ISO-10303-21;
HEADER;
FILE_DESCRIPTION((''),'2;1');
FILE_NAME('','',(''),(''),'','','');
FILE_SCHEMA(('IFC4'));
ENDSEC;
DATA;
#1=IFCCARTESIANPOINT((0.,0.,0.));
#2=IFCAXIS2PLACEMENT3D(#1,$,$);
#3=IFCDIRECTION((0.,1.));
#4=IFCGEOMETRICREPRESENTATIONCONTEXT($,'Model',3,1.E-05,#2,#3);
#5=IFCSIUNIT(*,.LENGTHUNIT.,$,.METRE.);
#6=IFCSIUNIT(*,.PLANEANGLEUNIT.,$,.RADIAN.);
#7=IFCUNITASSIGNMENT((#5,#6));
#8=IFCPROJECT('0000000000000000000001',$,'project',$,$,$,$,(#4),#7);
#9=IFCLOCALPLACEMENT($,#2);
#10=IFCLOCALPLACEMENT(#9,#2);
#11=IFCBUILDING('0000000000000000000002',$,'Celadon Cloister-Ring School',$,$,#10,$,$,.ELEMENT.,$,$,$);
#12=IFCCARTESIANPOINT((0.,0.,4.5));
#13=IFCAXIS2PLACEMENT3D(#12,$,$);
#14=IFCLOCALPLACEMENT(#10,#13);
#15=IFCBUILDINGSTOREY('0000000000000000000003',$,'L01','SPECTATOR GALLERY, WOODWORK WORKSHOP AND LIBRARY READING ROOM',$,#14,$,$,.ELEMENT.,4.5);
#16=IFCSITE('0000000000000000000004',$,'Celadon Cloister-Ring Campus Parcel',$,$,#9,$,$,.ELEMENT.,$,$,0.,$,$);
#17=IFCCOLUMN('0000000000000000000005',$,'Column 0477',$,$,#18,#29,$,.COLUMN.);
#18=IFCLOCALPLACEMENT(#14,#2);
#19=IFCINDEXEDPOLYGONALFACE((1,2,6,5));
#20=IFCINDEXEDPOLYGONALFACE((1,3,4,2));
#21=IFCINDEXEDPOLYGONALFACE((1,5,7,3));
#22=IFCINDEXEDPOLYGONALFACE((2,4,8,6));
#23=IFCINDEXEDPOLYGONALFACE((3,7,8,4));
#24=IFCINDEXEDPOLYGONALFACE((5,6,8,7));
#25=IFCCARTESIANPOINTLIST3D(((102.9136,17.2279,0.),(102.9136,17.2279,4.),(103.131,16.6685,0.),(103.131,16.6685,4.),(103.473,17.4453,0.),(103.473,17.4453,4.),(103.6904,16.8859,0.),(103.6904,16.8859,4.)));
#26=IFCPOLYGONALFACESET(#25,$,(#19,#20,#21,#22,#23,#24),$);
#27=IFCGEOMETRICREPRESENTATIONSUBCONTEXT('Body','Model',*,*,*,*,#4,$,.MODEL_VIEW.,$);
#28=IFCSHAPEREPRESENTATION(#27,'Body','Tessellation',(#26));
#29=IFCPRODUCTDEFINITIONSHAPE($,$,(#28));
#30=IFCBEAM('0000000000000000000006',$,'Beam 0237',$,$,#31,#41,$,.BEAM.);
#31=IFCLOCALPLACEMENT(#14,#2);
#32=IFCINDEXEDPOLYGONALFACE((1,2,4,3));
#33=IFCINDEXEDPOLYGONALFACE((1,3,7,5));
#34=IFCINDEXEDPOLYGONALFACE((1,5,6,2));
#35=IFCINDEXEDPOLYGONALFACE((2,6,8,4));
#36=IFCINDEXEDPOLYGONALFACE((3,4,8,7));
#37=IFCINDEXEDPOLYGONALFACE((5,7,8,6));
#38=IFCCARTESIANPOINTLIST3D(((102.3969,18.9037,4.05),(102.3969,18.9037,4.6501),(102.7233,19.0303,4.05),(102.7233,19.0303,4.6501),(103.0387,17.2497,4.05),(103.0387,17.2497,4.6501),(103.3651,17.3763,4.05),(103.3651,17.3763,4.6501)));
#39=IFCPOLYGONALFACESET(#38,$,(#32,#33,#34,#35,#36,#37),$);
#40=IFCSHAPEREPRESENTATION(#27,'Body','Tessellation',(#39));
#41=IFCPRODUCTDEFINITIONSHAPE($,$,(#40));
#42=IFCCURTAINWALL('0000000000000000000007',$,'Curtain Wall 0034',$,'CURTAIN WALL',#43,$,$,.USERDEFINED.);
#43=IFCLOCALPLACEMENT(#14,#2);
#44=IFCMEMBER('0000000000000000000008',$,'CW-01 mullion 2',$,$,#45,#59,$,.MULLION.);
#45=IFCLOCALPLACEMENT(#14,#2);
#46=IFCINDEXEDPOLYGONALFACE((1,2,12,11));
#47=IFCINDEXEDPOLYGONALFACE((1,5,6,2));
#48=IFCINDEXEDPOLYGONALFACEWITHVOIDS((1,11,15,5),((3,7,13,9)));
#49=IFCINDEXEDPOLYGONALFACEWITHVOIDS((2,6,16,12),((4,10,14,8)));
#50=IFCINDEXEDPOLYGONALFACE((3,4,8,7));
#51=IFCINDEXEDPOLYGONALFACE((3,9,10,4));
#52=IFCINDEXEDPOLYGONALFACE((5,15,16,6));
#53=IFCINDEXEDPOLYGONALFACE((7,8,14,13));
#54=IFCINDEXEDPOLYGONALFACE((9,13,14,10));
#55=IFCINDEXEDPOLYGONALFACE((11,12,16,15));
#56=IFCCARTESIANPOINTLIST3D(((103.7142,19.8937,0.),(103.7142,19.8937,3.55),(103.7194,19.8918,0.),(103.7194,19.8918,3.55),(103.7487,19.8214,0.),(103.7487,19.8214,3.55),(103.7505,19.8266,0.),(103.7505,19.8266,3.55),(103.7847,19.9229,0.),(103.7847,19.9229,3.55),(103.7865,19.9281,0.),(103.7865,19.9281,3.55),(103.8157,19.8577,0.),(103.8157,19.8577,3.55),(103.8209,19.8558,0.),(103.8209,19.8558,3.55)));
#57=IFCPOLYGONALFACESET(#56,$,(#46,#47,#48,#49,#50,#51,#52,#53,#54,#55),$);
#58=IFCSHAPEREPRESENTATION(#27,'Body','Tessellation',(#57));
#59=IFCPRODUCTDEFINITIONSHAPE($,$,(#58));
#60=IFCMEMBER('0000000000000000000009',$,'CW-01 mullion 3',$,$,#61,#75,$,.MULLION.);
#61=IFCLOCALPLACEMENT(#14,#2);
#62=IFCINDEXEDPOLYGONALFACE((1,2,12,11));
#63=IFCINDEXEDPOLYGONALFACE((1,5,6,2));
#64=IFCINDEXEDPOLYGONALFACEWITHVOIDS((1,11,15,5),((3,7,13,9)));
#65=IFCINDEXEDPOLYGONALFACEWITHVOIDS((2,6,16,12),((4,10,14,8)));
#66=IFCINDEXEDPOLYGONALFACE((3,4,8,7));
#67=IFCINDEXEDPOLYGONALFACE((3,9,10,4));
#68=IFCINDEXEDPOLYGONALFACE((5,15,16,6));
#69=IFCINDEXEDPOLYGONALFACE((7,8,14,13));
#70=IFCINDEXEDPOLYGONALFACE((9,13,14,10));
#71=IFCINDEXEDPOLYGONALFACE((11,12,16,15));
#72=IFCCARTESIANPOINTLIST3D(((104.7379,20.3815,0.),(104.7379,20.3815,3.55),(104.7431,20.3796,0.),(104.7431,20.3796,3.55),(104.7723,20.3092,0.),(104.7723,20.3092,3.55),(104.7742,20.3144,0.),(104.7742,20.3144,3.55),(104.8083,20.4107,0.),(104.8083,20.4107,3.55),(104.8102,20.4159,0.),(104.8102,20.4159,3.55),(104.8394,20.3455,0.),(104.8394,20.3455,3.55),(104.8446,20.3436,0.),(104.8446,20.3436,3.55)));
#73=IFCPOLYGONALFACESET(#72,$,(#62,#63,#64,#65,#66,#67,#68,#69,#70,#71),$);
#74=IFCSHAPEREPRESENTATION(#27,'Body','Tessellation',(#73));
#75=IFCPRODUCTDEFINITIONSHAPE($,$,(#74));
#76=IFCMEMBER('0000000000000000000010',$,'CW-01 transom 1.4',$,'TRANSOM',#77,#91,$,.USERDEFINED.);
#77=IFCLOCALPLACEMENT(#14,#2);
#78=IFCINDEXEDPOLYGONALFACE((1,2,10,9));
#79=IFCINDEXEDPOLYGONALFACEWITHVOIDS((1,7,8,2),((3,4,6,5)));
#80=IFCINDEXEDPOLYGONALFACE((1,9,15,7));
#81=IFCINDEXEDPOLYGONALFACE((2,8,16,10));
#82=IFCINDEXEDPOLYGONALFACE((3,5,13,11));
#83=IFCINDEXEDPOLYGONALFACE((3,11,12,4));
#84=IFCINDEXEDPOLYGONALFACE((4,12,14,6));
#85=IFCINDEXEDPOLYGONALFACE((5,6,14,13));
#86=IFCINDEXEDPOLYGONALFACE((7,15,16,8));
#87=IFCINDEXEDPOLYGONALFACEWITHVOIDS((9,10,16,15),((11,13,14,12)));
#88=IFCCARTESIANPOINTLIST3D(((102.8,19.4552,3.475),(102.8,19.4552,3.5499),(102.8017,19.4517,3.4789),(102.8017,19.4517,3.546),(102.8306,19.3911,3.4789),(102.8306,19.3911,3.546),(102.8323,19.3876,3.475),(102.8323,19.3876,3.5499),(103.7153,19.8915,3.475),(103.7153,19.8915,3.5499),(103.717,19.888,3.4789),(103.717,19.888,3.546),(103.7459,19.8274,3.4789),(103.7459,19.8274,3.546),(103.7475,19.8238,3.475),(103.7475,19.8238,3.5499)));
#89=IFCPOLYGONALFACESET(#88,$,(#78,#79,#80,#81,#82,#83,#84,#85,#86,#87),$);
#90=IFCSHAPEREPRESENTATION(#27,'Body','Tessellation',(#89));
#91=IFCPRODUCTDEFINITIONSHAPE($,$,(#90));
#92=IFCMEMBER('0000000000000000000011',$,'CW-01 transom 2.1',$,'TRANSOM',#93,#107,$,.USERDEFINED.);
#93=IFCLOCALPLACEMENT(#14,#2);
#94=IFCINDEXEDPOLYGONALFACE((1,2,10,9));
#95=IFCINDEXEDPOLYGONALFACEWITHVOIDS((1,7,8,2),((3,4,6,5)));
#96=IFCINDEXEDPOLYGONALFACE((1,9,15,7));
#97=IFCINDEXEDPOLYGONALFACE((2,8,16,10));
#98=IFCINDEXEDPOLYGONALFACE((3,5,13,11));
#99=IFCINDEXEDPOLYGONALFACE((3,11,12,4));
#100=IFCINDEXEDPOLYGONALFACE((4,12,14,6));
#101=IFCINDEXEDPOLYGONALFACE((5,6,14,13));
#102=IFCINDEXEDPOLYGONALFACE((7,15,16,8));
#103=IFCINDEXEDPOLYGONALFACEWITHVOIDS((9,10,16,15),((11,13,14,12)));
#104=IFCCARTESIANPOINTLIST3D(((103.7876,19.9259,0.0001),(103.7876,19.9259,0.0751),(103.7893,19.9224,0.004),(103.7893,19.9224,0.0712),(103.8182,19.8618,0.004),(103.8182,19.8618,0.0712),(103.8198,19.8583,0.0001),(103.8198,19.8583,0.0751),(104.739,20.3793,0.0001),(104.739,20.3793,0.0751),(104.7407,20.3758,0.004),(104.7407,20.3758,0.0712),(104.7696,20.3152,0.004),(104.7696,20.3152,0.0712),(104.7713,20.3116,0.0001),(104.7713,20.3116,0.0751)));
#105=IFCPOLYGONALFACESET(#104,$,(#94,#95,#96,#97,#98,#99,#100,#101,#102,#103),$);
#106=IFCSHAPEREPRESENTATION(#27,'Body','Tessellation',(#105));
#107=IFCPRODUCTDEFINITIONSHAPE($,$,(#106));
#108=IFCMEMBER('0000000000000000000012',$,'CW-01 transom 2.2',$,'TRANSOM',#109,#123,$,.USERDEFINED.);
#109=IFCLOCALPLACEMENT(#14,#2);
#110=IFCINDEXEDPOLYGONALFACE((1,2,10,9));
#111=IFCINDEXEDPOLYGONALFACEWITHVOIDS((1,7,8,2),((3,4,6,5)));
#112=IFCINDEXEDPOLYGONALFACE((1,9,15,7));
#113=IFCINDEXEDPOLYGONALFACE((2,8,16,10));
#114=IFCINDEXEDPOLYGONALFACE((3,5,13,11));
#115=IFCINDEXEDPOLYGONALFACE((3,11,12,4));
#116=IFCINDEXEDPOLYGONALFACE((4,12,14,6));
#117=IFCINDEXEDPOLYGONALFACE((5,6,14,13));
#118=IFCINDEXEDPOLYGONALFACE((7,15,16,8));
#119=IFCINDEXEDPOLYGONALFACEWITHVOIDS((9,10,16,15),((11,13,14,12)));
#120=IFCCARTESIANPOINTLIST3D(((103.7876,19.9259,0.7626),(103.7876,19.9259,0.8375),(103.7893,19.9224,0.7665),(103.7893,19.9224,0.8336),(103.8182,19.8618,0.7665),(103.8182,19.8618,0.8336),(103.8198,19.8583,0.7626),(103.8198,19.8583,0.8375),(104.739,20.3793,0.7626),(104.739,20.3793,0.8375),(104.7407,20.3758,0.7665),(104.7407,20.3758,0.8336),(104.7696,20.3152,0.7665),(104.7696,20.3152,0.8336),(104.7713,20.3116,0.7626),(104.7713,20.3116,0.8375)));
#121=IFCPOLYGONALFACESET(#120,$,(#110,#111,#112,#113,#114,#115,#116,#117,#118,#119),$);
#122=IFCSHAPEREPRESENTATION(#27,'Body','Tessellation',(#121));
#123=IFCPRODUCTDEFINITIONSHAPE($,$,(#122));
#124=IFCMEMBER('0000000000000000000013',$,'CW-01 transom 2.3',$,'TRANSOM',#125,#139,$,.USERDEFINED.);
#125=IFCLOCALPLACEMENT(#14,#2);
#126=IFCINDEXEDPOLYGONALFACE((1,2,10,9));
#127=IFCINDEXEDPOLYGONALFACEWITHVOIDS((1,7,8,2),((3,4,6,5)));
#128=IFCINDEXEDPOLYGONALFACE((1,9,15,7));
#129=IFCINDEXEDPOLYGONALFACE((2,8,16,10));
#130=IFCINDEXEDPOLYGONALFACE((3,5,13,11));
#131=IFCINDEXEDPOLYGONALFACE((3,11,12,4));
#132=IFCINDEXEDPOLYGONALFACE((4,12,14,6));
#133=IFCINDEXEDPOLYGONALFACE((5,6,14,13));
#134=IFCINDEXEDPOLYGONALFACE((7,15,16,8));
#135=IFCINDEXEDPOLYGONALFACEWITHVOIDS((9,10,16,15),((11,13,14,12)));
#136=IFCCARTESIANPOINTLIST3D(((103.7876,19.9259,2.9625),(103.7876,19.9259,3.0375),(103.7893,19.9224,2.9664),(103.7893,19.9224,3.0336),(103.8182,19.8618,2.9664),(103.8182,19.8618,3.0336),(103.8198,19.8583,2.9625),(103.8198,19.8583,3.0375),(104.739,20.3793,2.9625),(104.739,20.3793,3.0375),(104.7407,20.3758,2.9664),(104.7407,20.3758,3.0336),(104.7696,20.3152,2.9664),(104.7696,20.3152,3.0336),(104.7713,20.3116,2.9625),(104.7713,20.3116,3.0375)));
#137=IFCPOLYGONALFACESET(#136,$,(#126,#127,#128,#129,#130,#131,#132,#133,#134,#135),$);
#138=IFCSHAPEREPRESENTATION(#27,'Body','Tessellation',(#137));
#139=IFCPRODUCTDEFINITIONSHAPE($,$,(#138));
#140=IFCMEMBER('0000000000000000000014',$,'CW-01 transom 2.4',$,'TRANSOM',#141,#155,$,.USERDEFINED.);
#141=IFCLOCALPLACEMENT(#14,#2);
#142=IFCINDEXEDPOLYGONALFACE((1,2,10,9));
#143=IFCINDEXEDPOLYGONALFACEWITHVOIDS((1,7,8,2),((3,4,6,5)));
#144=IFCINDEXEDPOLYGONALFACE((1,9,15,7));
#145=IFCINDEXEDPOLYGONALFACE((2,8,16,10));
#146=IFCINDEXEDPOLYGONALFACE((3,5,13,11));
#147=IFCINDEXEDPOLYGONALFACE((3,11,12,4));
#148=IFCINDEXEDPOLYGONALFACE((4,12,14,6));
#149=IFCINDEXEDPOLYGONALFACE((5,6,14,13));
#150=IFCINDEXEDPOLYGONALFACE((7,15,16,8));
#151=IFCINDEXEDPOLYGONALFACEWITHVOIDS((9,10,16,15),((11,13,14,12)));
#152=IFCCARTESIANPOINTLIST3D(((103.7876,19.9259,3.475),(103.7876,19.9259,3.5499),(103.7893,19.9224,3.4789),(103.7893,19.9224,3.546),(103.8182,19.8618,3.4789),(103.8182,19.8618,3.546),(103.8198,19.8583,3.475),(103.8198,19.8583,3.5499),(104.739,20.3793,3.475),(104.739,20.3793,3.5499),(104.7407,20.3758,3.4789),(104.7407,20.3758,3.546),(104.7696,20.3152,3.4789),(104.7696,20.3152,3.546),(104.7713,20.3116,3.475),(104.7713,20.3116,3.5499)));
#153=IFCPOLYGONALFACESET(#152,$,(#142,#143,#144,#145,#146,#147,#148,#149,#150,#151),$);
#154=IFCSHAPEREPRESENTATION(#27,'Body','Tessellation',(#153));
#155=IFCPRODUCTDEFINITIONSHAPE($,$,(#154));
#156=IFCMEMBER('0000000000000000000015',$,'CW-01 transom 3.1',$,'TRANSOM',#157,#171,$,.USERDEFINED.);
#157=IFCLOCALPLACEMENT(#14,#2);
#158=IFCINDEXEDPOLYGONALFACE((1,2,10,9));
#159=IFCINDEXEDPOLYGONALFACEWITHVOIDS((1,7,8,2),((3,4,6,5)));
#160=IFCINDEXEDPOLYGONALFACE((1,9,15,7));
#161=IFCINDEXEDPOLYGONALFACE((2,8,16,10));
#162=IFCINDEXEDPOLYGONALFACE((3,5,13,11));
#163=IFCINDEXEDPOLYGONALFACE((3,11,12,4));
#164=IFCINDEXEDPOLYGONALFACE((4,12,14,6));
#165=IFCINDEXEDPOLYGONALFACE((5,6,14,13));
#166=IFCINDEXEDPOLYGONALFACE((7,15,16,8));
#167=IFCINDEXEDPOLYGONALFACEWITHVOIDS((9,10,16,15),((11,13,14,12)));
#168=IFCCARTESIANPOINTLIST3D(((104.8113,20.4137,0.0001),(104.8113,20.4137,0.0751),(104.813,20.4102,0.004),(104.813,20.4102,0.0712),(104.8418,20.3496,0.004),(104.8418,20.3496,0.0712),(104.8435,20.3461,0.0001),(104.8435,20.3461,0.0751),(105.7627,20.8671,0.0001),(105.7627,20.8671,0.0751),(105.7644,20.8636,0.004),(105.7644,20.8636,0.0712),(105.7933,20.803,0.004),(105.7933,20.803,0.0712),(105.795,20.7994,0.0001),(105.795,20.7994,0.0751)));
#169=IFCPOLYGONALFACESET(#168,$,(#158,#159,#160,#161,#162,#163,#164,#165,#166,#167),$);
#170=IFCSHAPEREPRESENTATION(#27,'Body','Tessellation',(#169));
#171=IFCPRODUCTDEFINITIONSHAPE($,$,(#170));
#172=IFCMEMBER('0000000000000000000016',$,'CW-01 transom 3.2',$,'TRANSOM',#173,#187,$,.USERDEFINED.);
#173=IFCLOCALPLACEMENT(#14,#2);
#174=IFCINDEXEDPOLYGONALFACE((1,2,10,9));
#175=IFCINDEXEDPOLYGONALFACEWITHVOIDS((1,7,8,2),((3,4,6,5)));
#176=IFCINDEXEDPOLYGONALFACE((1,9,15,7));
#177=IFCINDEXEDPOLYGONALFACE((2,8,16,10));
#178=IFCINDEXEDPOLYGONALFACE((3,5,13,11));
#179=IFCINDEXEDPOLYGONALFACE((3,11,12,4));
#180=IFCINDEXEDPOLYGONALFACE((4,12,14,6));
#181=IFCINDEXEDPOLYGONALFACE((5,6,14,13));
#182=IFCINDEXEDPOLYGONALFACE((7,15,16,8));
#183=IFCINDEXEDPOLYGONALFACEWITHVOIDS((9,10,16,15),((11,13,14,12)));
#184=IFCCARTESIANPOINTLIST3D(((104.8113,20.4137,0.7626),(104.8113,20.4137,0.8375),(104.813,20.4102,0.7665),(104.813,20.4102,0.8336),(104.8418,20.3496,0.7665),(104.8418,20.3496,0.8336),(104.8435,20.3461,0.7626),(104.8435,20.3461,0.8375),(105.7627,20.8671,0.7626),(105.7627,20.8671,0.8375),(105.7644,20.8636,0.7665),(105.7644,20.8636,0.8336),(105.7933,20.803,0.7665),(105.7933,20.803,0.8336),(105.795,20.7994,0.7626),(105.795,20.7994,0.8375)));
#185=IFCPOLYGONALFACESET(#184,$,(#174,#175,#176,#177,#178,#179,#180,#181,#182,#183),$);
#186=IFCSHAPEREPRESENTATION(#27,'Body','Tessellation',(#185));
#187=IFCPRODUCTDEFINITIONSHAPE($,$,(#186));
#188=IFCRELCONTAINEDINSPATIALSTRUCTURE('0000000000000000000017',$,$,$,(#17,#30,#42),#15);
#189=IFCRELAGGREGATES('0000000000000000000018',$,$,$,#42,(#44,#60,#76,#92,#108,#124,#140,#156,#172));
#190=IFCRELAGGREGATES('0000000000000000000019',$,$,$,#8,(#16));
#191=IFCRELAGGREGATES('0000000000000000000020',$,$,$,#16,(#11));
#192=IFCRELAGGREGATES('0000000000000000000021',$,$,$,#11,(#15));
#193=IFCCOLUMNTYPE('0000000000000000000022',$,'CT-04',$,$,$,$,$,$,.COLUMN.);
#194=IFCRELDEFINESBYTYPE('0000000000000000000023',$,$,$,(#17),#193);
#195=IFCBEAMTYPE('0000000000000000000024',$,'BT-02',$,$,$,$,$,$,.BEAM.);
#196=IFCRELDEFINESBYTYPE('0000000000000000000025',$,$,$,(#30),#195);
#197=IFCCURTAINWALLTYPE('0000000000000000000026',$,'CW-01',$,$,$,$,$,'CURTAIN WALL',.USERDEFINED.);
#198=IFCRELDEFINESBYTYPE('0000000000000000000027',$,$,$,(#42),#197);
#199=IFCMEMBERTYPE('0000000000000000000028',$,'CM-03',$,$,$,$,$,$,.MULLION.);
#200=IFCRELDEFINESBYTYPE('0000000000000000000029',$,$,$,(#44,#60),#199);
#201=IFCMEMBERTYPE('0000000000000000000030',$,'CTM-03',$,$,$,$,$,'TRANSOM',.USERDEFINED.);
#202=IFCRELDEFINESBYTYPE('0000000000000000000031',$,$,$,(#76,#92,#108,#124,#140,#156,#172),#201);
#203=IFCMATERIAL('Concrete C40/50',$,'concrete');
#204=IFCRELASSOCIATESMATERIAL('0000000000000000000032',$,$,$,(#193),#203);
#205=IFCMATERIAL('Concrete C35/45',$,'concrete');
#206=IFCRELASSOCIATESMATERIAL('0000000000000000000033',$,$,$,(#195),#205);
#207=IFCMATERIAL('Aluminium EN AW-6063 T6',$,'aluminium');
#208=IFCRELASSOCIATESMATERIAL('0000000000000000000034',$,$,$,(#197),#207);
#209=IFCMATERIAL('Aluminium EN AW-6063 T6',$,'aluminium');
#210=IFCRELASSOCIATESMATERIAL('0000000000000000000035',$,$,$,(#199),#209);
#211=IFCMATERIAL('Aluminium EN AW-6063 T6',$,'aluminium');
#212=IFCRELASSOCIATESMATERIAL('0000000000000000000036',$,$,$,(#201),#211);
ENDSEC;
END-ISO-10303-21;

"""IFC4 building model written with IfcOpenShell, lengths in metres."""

from ifc_helpers import new_model, si_unit, direction, frame, origin, origin_2d, place, context, subcontext, project, spatial, rectangle, hollow_rectangle, extrude, material, material_profile, profile_set, type_object, element, aggregate, save


model = new_model("IFC4")

# Units and contexts
model_context = context("Model", 3, precision=1e-05, world=origin(), true_north=direction((0.0, 1.0)))
body_context = subcontext(model_context, "Body", "Model", "MODEL_VIEW")
ifc_project = project(units=[si_unit("LENGTHUNIT", "METRE"), si_unit("PLANEANGLEUNIT", "RADIAN")], contexts=[model_context])

# Site, building, storey
site_placement = place(None, origin())
site = spatial("IfcSite", under=ifc_project, at=site_placement, Name="Celadon Cloister-Ring Campus Parcel", CompositionType="ELEMENT", RefElevation=0.0)
building_placement = place(site_placement, origin())
building = spatial("IfcBuilding", under=site, at=building_placement, Name="Celadon Cloister-Ring School", CompositionType="ELEMENT")
storey_placement = place(building_placement, frame((0.0, 0.0, 4.5)))
storey = spatial("IfcBuildingStorey", under=building, at=storey_placement, Name="L01", Description="SPECTATOR GALLERY, WOODWORK WORKSHOP AND LIBRARY READING ROOM", CompositionType="ELEMENT", Elevation=4.5)

# Column
ifc_material_1 = material(Name="Concrete C40/50", Category="concrete")
ifc_material_profile_1 = material_profile(ifc_material_1, rectangle(XDim=0.6001, YDim=0.6001, at=origin_2d()), Name="RC600X600")
ifc_profile_set_1 = profile_set([ifc_material_profile_1], Name="Concrete C40/50")
column_type = type_object("IfcColumnType", Name="CT-04", PredefinedType="COLUMN", material=ifc_profile_set_1)
column_placement = place(storey_placement, frame((103.302, 17.0569, 0.0), z_axis=(0.0, 0.0, 1.0), x_axis=(0.362275, -0.932071, 0.0)))
element("IfcColumn", 1, at=column_placement, inside=storey, type_object=column_type, Name="Column 0477", PredefinedType="COLUMN", context=body_context, shape_type="SweptSolid", body=[
    extrude(rectangle(XDim=0.6001, YDim=0.6001, at=origin_2d()), origin(), (0.0, 0.0, 1.0), 4.0),
])

# Beam
ifc_material_2 = material(Name="Concrete C35/45", Category="concrete")
ifc_material_profile_2 = material_profile(ifc_material_2, rectangle(XDim=0.3501, YDim=0.6001, at=origin_2d()), Name="RC350X600")
ifc_profile_set_2 = profile_set([ifc_material_profile_2], Name="Concrete C35/45")
beam_type_1 = type_object("IfcBeamType", Name="BT-02", PredefinedType="BEAM", material=ifc_profile_set_2)
beam_1_placement = place(storey_placement, frame((103.2019, 17.313, 4.3501), z_axis=(-0.361762, 0.93227, 0.0), x_axis=(-0.93227, -0.361762, 0.0)))
element("IfcBeam", 2, at=beam_1_placement, inside=storey, type_object=beam_type_1, Name="Beam 0237", PredefinedType="BEAM", context=body_context, shape_type="SweptSolid", body=[
    extrude(rectangle(XDim=0.3501, YDim=0.6001, at=origin_2d()), origin(), (0.0, 0.0, 1.0), 1.7742),
])

# Curtain wall, members
ifc_material_3 = material(Name="Aluminium EN AW-6063 T6", Category="aluminium")
curtain_wall_type = type_object("IfcCurtainWallType", Name="CW-01", ElementType="CURTAIN WALL", PredefinedType="USERDEFINED", material=ifc_material_3)
curtain_wall_placement = place(storey_placement, origin())
curtain_wall = element("IfcCurtainWall", 3, at=curtain_wall_placement, inside=storey, type_object=curtain_wall_type, Name="Curtain Wall 0034", ObjectType="CURTAIN WALL", PredefinedType="USERDEFINED")
ifc_material_4 = material(Name="Aluminium EN AW-6063 T6", Category="aluminium")
ifc_material_profile_3 = material_profile(ifc_material_4, hollow_rectangle(XDim=0.0801, YDim=0.0801, WallThickness=0.0039, at=origin_2d()), Name="RHS80X80X4")
ifc_profile_set_3 = profile_set([ifc_material_profile_3], Name="Aluminium EN AW-6063 T6")
member_type_1 = type_object("IfcMemberType", Name="CM-03", PredefinedType="MULLION", material=ifc_profile_set_3)
member_1_placement = place(storey_placement, frame((103.7676, 19.8748, 0.0), z_axis=(0.0, 0.0, 1.0), x_axis=(-0.430201, 0.902733, 0.0)))
member_1 = element("IfcMember", 4, at=member_1_placement, type_object=member_type_1, Name="CW-01 mullion 2", PredefinedType="MULLION", context=body_context, shape_type="SweptSolid", body=[
    extrude(hollow_rectangle(XDim=0.0801, YDim=0.0801, WallThickness=0.0039, at=origin_2d()), origin(), (0.0, 0.0, 1.0), 3.55),
])
member_2_placement = place(storey_placement, frame((104.7913, 20.3625, 0.0), z_axis=(0.0, 0.0, 1.0), x_axis=(-0.430201, 0.902733, 0.0)))
member_2 = element("IfcMember", 5, at=member_2_placement, type_object=member_type_1, Name="CW-01 mullion 3", PredefinedType="MULLION", context=body_context, shape_type="SweptSolid", body=[
    extrude(hollow_rectangle(XDim=0.0801, YDim=0.0801, WallThickness=0.0039, at=origin_2d()), origin(), (0.0, 0.0, 1.0), 3.55),
])
ifc_material_5 = material(Name="Aluminium EN AW-6063 T6", Category="aluminium")
ifc_material_profile_4 = material_profile(ifc_material_5, hollow_rectangle(XDim=0.075, YDim=0.075, WallThickness=0.0039, at=origin_2d()), Name="RHS75X75X4")
ifc_profile_set_4 = profile_set([ifc_material_profile_4], Name="Aluminium EN AW-6063 T6")
member_type_2 = type_object("IfcMemberType", Name="CTM-03", ElementType="TRANSOM", PredefinedType="USERDEFINED", material=ifc_profile_set_4)
member_3_placement = place(storey_placement, frame((102.8162, 19.4214, 3.5125), z_axis=(0.902696, 0.430279, 0.0), x_axis=(-0.430279, 0.902696, 0.0)))
member_3 = element("IfcMember", 6, at=member_3_placement, type_object=member_type_2, Name="CW-01 transom 1.4", ObjectType="TRANSOM", PredefinedType="USERDEFINED", context=body_context, shape_type="SweptSolid", body=[
    extrude(hollow_rectangle(XDim=0.075, YDim=0.075, WallThickness=0.0039, at=origin_2d()), origin(), (0.0, 0.0, 1.0), 1.0139),
])
member_4_placement = place(storey_placement, frame((103.8037, 19.8921, 0.0376), z_axis=(0.902745, 0.430176, 0.0), x_axis=(-0.430176, 0.902745, 0.0)))
member_4 = element("IfcMember", 7, at=member_4_placement, type_object=member_type_2, Name="CW-01 transom 2.1", ObjectType="TRANSOM", PredefinedType="USERDEFINED", context=body_context, shape_type="SweptSolid", body=[
    extrude(hollow_rectangle(XDim=0.075, YDim=0.075, WallThickness=0.0039, at=origin_2d()), origin(), (0.0, 0.0, 1.0), 1.054),
])
member_5_placement = place(storey_placement, frame((103.8037, 19.8921, 0.8), z_axis=(0.902745, 0.430176, 0.0), x_axis=(-0.430176, 0.902745, 0.0)))
member_5 = element("IfcMember", 8, at=member_5_placement, type_object=member_type_2, Name="CW-01 transom 2.2", ObjectType="TRANSOM", PredefinedType="USERDEFINED", context=body_context, shape_type="SweptSolid", body=[
    extrude(hollow_rectangle(XDim=0.075, YDim=0.075, WallThickness=0.0039, at=origin_2d()), origin(), (0.0, 0.0, 1.0), 1.054),
])
member_6_placement = place(storey_placement, frame((103.8037, 19.8921, 3.0), z_axis=(0.902745, 0.430176, 0.0), x_axis=(-0.430176, 0.902745, 0.0)))
member_6 = element("IfcMember", 9, at=member_6_placement, type_object=member_type_2, Name="CW-01 transom 2.3", ObjectType="TRANSOM", PredefinedType="USERDEFINED", context=body_context, shape_type="SweptSolid", body=[
    extrude(hollow_rectangle(XDim=0.075, YDim=0.075, WallThickness=0.0039, at=origin_2d()), origin(), (0.0, 0.0, 1.0), 1.054),
])
member_7_placement = place(storey_placement, frame((103.8037, 19.8921, 3.5125), z_axis=(0.902745, 0.430176, 0.0), x_axis=(-0.430176, 0.902745, 0.0)))
member_7 = element("IfcMember", 10, at=member_7_placement, type_object=member_type_2, Name="CW-01 transom 2.4", ObjectType="TRANSOM", PredefinedType="USERDEFINED", context=body_context, shape_type="SweptSolid", body=[
    extrude(hollow_rectangle(XDim=0.075, YDim=0.075, WallThickness=0.0039, at=origin_2d()), origin(), (0.0, 0.0, 1.0), 1.054),
])
member_8_placement = place(storey_placement, frame((104.8274, 20.3799, 0.0376), z_axis=(0.902745, 0.430176, 0.0), x_axis=(-0.430176, 0.902745, 0.0)))
member_8 = element("IfcMember", 11, at=member_8_placement, type_object=member_type_2, Name="CW-01 transom 3.1", ObjectType="TRANSOM", PredefinedType="USERDEFINED", context=body_context, shape_type="SweptSolid", body=[
    extrude(hollow_rectangle(XDim=0.075, YDim=0.075, WallThickness=0.0039, at=origin_2d()), origin(), (0.0, 0.0, 1.0), 1.054),
])
member_9_placement = place(storey_placement, frame((104.8274, 20.3799, 0.8), z_axis=(0.902745, 0.430176, 0.0), x_axis=(-0.430176, 0.902745, 0.0)))
member_9 = element("IfcMember", 12, at=member_9_placement, type_object=member_type_2, Name="CW-01 transom 3.2", ObjectType="TRANSOM", PredefinedType="USERDEFINED", context=body_context, shape_type="SweptSolid", body=[
    extrude(hollow_rectangle(XDim=0.075, YDim=0.075, WallThickness=0.0039, at=origin_2d()), origin(), (0.0, 0.0, 1.0), 1.054),
])

aggregate(curtain_wall, [member_1, member_2, member_3, member_4, member_5, member_6, member_7, member_8, member_9])

save(model, "model.ifc")
